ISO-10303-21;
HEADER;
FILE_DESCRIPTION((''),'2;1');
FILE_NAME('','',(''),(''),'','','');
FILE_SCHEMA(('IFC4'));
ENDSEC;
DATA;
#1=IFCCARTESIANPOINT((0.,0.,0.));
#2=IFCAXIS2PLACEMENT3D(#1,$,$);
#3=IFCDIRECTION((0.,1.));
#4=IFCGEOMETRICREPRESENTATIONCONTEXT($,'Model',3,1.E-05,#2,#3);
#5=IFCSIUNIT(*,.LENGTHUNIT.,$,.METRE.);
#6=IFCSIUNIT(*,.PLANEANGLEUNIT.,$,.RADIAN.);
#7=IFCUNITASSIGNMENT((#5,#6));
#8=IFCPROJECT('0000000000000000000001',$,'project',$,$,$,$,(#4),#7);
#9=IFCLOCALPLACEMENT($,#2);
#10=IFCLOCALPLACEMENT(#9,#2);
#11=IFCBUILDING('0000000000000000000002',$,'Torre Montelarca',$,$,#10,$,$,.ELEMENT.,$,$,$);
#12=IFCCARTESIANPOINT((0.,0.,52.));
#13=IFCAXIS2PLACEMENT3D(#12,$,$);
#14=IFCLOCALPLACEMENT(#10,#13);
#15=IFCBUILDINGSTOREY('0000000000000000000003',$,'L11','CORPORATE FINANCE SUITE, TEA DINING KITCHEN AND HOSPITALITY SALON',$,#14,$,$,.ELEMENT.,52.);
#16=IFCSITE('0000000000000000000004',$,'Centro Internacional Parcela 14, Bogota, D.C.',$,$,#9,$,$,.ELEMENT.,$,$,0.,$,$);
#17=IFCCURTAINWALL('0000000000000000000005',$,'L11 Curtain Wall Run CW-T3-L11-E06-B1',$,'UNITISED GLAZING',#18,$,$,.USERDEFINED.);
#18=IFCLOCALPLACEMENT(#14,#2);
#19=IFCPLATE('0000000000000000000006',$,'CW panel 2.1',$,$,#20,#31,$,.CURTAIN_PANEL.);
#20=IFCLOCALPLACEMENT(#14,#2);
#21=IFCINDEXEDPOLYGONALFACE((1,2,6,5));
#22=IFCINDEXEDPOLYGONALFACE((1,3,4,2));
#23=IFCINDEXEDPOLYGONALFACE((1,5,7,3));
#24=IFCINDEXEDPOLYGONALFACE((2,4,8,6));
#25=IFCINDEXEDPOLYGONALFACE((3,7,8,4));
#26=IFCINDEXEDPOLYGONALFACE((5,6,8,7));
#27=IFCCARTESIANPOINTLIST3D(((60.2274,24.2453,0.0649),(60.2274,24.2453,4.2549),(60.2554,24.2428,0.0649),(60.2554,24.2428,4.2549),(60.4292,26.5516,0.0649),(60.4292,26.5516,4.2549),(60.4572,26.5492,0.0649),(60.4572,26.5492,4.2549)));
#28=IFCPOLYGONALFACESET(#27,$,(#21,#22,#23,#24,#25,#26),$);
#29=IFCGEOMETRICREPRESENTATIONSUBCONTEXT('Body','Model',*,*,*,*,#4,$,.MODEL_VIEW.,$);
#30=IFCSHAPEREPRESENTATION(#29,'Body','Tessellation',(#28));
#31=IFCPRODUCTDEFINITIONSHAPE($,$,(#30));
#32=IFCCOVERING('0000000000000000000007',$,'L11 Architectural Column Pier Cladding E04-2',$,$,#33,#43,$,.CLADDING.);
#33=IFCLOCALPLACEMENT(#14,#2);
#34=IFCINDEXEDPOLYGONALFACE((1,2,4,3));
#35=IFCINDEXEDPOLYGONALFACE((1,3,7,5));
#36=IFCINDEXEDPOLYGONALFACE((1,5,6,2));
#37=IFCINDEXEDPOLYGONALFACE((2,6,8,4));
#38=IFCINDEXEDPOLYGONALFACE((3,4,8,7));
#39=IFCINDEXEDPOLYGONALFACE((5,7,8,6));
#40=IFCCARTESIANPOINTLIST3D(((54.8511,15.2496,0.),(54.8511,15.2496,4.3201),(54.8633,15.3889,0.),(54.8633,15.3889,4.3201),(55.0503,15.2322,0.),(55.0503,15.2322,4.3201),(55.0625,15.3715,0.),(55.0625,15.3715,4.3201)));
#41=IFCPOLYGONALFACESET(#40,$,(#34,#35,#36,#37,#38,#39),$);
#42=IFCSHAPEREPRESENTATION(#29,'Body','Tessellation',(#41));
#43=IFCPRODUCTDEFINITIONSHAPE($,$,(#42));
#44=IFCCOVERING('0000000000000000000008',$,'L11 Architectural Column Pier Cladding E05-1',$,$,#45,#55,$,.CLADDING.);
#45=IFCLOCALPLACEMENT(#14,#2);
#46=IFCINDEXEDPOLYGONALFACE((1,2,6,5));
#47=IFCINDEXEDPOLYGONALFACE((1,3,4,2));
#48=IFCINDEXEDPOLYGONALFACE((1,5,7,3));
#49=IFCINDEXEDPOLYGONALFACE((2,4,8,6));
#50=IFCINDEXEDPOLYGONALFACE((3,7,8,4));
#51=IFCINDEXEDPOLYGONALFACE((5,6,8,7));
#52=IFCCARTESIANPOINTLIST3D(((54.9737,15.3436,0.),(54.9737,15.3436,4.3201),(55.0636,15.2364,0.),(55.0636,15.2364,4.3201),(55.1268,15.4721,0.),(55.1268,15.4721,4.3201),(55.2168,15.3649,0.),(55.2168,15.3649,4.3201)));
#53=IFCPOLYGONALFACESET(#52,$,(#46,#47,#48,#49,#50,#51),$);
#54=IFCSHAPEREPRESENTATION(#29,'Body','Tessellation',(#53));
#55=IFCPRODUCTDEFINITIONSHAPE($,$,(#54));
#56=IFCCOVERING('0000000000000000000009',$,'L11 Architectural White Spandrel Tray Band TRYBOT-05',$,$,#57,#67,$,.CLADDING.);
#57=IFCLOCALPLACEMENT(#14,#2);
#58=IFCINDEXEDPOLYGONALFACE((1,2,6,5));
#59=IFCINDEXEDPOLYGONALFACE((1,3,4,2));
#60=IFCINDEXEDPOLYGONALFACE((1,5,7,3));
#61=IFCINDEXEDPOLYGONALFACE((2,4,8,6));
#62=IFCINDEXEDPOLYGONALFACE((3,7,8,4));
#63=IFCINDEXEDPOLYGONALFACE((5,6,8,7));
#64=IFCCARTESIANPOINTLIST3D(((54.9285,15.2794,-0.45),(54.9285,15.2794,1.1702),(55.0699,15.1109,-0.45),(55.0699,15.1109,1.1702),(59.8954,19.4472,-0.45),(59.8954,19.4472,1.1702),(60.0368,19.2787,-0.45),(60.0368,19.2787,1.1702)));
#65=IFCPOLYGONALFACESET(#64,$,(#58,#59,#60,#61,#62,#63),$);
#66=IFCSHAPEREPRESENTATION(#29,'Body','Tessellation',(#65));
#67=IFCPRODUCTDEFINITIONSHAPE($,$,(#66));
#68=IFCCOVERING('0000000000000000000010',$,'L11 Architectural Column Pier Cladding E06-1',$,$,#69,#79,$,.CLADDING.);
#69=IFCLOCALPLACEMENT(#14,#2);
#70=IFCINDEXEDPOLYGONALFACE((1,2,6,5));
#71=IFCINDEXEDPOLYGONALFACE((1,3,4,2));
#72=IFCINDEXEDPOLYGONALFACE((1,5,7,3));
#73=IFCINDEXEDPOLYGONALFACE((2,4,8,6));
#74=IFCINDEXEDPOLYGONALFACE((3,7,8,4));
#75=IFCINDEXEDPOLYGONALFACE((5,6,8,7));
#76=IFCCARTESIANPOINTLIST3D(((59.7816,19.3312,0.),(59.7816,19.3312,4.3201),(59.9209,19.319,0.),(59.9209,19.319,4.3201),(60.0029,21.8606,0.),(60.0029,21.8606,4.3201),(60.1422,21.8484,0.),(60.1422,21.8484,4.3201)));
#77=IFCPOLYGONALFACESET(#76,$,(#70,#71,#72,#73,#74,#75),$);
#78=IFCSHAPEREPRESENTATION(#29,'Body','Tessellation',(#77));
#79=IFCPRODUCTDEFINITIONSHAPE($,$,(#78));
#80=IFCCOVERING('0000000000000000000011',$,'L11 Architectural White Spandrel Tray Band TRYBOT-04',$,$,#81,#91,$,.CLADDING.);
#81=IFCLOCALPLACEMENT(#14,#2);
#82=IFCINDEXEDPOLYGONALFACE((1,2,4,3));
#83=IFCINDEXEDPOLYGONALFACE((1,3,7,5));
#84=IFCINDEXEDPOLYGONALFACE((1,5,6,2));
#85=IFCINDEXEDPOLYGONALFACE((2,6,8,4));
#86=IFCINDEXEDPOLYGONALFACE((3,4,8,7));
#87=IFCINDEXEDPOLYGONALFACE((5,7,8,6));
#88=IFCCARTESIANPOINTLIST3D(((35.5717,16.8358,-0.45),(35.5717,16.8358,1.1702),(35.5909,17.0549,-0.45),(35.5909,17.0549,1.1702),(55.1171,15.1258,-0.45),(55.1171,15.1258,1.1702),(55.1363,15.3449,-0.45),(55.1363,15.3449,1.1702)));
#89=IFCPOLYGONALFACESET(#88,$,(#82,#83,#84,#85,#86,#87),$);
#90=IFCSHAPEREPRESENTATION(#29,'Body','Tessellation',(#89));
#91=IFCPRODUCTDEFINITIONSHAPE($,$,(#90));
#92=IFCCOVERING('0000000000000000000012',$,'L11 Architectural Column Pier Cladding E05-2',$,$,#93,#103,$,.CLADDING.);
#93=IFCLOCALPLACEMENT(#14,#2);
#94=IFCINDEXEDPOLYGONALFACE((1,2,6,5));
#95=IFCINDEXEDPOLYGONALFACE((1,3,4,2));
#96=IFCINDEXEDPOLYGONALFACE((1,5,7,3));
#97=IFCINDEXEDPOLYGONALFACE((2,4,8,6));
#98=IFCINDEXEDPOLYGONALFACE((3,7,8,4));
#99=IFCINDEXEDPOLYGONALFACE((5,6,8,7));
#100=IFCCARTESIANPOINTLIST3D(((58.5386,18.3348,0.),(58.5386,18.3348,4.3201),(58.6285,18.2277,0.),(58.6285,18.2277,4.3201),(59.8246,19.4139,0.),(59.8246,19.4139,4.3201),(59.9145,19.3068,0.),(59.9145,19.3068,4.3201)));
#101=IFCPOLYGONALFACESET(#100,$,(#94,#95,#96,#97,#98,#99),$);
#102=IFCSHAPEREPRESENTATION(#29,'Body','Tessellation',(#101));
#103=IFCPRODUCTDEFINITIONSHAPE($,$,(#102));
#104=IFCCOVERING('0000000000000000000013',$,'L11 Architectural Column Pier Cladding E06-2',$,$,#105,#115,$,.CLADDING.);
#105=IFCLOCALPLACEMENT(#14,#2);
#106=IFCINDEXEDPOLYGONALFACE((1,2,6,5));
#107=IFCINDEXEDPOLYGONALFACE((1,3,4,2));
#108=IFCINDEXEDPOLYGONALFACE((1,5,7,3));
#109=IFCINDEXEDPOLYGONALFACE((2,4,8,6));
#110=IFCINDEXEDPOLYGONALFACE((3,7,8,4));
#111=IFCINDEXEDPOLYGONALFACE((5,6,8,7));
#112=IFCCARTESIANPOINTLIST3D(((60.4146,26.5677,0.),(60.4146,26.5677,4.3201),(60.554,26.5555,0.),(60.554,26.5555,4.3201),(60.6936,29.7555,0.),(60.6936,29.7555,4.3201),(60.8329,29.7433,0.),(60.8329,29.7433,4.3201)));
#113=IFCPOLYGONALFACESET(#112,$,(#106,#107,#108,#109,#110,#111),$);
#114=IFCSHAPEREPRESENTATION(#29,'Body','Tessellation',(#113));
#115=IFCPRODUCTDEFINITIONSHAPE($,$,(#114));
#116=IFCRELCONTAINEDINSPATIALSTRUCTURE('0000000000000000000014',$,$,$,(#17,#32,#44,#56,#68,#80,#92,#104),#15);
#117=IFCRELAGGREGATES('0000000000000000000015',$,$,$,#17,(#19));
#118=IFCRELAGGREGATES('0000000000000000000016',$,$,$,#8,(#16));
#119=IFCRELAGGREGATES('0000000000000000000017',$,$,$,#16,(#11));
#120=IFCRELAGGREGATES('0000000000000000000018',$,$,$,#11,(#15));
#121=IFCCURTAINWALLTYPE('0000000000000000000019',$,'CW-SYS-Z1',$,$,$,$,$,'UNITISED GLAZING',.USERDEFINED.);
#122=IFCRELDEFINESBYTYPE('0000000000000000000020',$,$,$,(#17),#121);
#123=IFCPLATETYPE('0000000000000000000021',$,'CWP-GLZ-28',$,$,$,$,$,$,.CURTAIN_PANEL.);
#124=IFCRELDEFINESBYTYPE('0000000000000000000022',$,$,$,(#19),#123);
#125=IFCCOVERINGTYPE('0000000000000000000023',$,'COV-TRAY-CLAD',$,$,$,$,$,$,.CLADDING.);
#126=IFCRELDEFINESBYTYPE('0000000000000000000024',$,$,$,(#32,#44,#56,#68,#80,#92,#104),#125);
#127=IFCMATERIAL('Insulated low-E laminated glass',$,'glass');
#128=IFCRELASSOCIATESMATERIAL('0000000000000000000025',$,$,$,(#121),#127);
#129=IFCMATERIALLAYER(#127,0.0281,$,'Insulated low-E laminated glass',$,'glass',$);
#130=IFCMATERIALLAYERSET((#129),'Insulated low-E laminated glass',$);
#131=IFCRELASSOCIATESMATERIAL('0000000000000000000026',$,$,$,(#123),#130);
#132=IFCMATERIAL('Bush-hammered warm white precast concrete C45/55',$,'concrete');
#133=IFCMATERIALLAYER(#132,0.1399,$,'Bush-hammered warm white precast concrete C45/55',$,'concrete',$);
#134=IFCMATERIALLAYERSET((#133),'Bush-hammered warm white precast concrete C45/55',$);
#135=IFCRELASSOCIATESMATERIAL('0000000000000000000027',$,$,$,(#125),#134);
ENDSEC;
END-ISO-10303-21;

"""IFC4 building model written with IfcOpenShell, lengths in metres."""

from ifc_helpers import new_model, si_unit, direction, frame, origin, origin_2d, place, context, subcontext, project, spatial, rectangle, extrude, source, transform, mapped, material, layer, layer_set, type_object, element, aggregate, save


model = new_model("IFC4")

# Units and contexts
model_context = context("Model", 3, precision=1e-05, world=origin(), true_north=direction((0.0, 1.0)))
body_context = subcontext(model_context, "Body", "Model", "MODEL_VIEW")
ifc_project = project(units=[si_unit("LENGTHUNIT", "METRE"), si_unit("PLANEANGLEUNIT", "RADIAN")], contexts=[model_context])

# Site, building, storey
site_placement = place(None, origin())
site = spatial("IfcSite", under=ifc_project, at=site_placement, Name="Centro Internacional Parcela 14, Bogota, D.C.", CompositionType="ELEMENT", RefElevation=0.0)
building_placement = place(site_placement, origin())
building = spatial("IfcBuilding", under=site, at=building_placement, Name="Torre Montelarca", CompositionType="ELEMENT")
storey_placement = place(building_placement, frame((0.0, 0.0, 52.0)))
storey = spatial("IfcBuildingStorey", under=building, at=storey_placement, Name="L11", Description="CORPORATE FINANCE SUITE, TEA DINING KITCHEN AND HOSPITALITY SALON", CompositionType="ELEMENT", Elevation=52.0)

# Curtain wall
ifc_material_1 = material(Name="Insulated low-E laminated glass", Category="glass")
curtain_wall_type = type_object("IfcCurtainWallType", Name="CW-SYS-Z1", ElementType="UNITISED GLAZING", PredefinedType="USERDEFINED", material=ifc_material_1)
curtain_wall_1_placement = place(storey_placement, origin())
curtain_wall_1 = element("IfcCurtainWall", 1, at=curtain_wall_1_placement, inside=storey, type_object=curtain_wall_type, Name="L11 Curtain Wall Run CW-T3-L11-E06-B1", ObjectType="UNITISED GLAZING", PredefinedType="USERDEFINED")

# Plate
ifc_layer_1 = layer(ifc_material_1, 0.0281, Name="Insulated low-E laminated glass", Category="glass")
ifc_layer_set_1 = layer_set([ifc_layer_1], Name="Insulated low-E laminated glass")
plate_type = type_object("IfcPlateType", Name="CWP-GLZ-28", PredefinedType="CURTAIN_PANEL", material=ifc_layer_set_1)
shared_shape_1 = source(origin(), body_context, "Body", "SweptSolid", [
    extrude(rectangle(XDim=2.3152, YDim=0.0281, at=origin_2d()), origin(), (0.0, 0.0, 1.0), 4.1899),
])
plate_1_placement = place(storey_placement, frame((60.3423, 25.3972, 0.0649), z_axis=(0.0, 0.0, 1.0), x_axis=(0.087168, 0.996194, 0.0)))
plate_1 = element("IfcPlate", 2, at=plate_1_placement, type_object=plate_type, Name="CW panel 2.1", PredefinedType="CURTAIN_PANEL", context=body_context, shape_type="MappedRepresentation", body=[
    mapped(shared_shape_1, transform((0.0, 0.0, 0.0), scale=1.0)),
])
aggregate(curtain_wall_1, [plate_1])

# Coverings
ifc_material_2 = material(Name="Bush-hammered warm white precast concrete C45/55", Category="concrete")
ifc_layer_2 = layer(ifc_material_2, 0.1399, Name="Bush-hammered warm white precast concrete C45/55", Category="concrete")
ifc_layer_set_2 = layer_set([ifc_layer_2], Name="Bush-hammered warm white precast concrete C45/55")
covering_type = type_object("IfcCoveringType", Name="COV-TRAY-CLAD", PredefinedType="CLADDING", material=ifc_layer_set_2)
shared_shape_2 = source(origin(), body_context, "Body", "SweptSolid", [
    extrude(rectangle(XDim=0.2, YDim=0.1399, at=origin_2d()), origin(), (0.0, 0.0, 1.0), 4.3201),
])
for number, where, z_axis, x_axis, name in (
    (3, (54.9568, 15.3105, 0.0), (0.0, 0.0, 1.0), (0.996194, -0.087161, 0.0), "L11 Architectural Column Pier Cladding E04-2"),
    (4, (55.0952, 15.3542, 0.0), (0.0, 0.0, 1.0), (0.766039, 0.642794, 0.0), "L11 Architectural Column Pier Cladding E05-1"),
):
    element("IfcCovering", number, at=place(storey_placement, frame(where, z_axis=z_axis, x_axis=x_axis)), inside=storey, type_object=covering_type, Name=name, PredefinedType="CLADDING", context=body_context, shape_type="MappedRepresentation", body=[
        mapped(shared_shape_2, transform((0.0, 0.0, 0.0), scale=1.0)),
    ])
shared_shape_3 = source(origin(), body_context, "Body", "SweptSolid", [
    extrude(rectangle(XDim=6.4839, YDim=0.22, at=origin_2d()), origin(), (0.0, 0.0, 1.0), 1.6201),
])
covering_1_placement = place(storey_placement, frame((57.4827, 17.2791, -0.45), z_axis=(0.0, 0.0, 1.0), x_axis=(0.766044, 0.642788, 0.0)))
element("IfcCovering", 5, at=covering_1_placement, inside=storey, type_object=covering_type, Name="L11 Architectural White Spandrel Tray Band TRYBOT-05", PredefinedType="CLADDING", context=body_context, shape_type="MappedRepresentation", body=[
    mapped(shared_shape_3, transform((0.0, 0.0, 0.0), scale=1.0)),
])
shared_shape_4 = source(origin(), body_context, "Body", "SweptSolid", [
    extrude(rectangle(XDim=2.5391, YDim=0.1399, at=origin_2d()), origin(), (0.0, 0.0, 1.0), 4.3201),
])
covering_2_placement = place(storey_placement, frame((59.9619, 20.5898, 0.0), z_axis=(0.0, 0.0, 1.0), x_axis=(0.087161, 0.996194, 0.0)))
element("IfcCovering", 6, at=covering_2_placement, inside=storey, type_object=covering_type, Name="L11 Architectural Column Pier Cladding E06-1", PredefinedType="CLADDING", context=body_context, shape_type="MappedRepresentation", body=[
    mapped(shared_shape_4, transform((0.0, 0.0, 0.0), scale=1.0)),
])
shared_shape_5 = source(origin(), body_context, "Body", "SweptSolid", [
    extrude(rectangle(XDim=19.6201, YDim=0.22, at=origin_2d()), origin(), (0.0, 0.0, 1.0), 1.6201),
])
covering_3_placement = place(storey_placement, frame((45.354, 16.0903, -0.45), z_axis=(0.0, 0.0, 1.0), x_axis=(0.996195, -0.087154, 0.0)))
element("IfcCovering", 7, at=covering_3_placement, inside=storey, type_object=covering_type, Name="L11 Architectural White Spandrel Tray Band TRYBOT-04", PredefinedType="CLADDING", context=body_context, shape_type="MappedRepresentation", body=[
    mapped(shared_shape_5, transform((0.0, 0.0, 0.0), scale=1.0)),
])
shared_shape_6 = source(origin(), body_context, "Body", "SweptSolid", [
    extrude(rectangle(XDim=1.6787, YDim=0.1399, at=origin_2d()), origin(), (0.0, 0.0, 1.0), 4.3201),
])
covering_4_placement = place(storey_placement, frame((59.2266, 18.8208, 0.0), z_axis=(0.0, 0.0, 1.0), x_axis=(0.766039, 0.642794, 0.0)))
element("IfcCovering", 8, at=covering_4_placement, inside=storey, type_object=covering_type, Name="L11 Architectural Column Pier Cladding E05-2", PredefinedType="CLADDING", context=body_context, shape_type="MappedRepresentation", body=[
    mapped(shared_shape_6, transform((0.0, 0.0, 0.0), scale=1.0)),
])
shared_shape_7 = source(origin(), body_context, "Body", "SweptSolid", [
    extrude(rectangle(XDim=3.2, YDim=0.1399, at=origin_2d()), origin(), (0.0, 0.0, 1.0), 4.3201),
])
covering_5_placement = place(storey_placement, frame((60.6238, 28.1555, 0.0), z_axis=(0.0, 0.0, 1.0), x_axis=(0.087161, 0.996194, 0.0)))
element("IfcCovering", 9, at=covering_5_placement, inside=storey, type_object=covering_type, Name="L11 Architectural Column Pier Cladding E06-2", PredefinedType="CLADDING", context=body_context, shape_type="MappedRepresentation", body=[
    mapped(shared_shape_7, transform((0.0, 0.0, 0.0), scale=1.0)),
])

save(model, "model.ifc")
